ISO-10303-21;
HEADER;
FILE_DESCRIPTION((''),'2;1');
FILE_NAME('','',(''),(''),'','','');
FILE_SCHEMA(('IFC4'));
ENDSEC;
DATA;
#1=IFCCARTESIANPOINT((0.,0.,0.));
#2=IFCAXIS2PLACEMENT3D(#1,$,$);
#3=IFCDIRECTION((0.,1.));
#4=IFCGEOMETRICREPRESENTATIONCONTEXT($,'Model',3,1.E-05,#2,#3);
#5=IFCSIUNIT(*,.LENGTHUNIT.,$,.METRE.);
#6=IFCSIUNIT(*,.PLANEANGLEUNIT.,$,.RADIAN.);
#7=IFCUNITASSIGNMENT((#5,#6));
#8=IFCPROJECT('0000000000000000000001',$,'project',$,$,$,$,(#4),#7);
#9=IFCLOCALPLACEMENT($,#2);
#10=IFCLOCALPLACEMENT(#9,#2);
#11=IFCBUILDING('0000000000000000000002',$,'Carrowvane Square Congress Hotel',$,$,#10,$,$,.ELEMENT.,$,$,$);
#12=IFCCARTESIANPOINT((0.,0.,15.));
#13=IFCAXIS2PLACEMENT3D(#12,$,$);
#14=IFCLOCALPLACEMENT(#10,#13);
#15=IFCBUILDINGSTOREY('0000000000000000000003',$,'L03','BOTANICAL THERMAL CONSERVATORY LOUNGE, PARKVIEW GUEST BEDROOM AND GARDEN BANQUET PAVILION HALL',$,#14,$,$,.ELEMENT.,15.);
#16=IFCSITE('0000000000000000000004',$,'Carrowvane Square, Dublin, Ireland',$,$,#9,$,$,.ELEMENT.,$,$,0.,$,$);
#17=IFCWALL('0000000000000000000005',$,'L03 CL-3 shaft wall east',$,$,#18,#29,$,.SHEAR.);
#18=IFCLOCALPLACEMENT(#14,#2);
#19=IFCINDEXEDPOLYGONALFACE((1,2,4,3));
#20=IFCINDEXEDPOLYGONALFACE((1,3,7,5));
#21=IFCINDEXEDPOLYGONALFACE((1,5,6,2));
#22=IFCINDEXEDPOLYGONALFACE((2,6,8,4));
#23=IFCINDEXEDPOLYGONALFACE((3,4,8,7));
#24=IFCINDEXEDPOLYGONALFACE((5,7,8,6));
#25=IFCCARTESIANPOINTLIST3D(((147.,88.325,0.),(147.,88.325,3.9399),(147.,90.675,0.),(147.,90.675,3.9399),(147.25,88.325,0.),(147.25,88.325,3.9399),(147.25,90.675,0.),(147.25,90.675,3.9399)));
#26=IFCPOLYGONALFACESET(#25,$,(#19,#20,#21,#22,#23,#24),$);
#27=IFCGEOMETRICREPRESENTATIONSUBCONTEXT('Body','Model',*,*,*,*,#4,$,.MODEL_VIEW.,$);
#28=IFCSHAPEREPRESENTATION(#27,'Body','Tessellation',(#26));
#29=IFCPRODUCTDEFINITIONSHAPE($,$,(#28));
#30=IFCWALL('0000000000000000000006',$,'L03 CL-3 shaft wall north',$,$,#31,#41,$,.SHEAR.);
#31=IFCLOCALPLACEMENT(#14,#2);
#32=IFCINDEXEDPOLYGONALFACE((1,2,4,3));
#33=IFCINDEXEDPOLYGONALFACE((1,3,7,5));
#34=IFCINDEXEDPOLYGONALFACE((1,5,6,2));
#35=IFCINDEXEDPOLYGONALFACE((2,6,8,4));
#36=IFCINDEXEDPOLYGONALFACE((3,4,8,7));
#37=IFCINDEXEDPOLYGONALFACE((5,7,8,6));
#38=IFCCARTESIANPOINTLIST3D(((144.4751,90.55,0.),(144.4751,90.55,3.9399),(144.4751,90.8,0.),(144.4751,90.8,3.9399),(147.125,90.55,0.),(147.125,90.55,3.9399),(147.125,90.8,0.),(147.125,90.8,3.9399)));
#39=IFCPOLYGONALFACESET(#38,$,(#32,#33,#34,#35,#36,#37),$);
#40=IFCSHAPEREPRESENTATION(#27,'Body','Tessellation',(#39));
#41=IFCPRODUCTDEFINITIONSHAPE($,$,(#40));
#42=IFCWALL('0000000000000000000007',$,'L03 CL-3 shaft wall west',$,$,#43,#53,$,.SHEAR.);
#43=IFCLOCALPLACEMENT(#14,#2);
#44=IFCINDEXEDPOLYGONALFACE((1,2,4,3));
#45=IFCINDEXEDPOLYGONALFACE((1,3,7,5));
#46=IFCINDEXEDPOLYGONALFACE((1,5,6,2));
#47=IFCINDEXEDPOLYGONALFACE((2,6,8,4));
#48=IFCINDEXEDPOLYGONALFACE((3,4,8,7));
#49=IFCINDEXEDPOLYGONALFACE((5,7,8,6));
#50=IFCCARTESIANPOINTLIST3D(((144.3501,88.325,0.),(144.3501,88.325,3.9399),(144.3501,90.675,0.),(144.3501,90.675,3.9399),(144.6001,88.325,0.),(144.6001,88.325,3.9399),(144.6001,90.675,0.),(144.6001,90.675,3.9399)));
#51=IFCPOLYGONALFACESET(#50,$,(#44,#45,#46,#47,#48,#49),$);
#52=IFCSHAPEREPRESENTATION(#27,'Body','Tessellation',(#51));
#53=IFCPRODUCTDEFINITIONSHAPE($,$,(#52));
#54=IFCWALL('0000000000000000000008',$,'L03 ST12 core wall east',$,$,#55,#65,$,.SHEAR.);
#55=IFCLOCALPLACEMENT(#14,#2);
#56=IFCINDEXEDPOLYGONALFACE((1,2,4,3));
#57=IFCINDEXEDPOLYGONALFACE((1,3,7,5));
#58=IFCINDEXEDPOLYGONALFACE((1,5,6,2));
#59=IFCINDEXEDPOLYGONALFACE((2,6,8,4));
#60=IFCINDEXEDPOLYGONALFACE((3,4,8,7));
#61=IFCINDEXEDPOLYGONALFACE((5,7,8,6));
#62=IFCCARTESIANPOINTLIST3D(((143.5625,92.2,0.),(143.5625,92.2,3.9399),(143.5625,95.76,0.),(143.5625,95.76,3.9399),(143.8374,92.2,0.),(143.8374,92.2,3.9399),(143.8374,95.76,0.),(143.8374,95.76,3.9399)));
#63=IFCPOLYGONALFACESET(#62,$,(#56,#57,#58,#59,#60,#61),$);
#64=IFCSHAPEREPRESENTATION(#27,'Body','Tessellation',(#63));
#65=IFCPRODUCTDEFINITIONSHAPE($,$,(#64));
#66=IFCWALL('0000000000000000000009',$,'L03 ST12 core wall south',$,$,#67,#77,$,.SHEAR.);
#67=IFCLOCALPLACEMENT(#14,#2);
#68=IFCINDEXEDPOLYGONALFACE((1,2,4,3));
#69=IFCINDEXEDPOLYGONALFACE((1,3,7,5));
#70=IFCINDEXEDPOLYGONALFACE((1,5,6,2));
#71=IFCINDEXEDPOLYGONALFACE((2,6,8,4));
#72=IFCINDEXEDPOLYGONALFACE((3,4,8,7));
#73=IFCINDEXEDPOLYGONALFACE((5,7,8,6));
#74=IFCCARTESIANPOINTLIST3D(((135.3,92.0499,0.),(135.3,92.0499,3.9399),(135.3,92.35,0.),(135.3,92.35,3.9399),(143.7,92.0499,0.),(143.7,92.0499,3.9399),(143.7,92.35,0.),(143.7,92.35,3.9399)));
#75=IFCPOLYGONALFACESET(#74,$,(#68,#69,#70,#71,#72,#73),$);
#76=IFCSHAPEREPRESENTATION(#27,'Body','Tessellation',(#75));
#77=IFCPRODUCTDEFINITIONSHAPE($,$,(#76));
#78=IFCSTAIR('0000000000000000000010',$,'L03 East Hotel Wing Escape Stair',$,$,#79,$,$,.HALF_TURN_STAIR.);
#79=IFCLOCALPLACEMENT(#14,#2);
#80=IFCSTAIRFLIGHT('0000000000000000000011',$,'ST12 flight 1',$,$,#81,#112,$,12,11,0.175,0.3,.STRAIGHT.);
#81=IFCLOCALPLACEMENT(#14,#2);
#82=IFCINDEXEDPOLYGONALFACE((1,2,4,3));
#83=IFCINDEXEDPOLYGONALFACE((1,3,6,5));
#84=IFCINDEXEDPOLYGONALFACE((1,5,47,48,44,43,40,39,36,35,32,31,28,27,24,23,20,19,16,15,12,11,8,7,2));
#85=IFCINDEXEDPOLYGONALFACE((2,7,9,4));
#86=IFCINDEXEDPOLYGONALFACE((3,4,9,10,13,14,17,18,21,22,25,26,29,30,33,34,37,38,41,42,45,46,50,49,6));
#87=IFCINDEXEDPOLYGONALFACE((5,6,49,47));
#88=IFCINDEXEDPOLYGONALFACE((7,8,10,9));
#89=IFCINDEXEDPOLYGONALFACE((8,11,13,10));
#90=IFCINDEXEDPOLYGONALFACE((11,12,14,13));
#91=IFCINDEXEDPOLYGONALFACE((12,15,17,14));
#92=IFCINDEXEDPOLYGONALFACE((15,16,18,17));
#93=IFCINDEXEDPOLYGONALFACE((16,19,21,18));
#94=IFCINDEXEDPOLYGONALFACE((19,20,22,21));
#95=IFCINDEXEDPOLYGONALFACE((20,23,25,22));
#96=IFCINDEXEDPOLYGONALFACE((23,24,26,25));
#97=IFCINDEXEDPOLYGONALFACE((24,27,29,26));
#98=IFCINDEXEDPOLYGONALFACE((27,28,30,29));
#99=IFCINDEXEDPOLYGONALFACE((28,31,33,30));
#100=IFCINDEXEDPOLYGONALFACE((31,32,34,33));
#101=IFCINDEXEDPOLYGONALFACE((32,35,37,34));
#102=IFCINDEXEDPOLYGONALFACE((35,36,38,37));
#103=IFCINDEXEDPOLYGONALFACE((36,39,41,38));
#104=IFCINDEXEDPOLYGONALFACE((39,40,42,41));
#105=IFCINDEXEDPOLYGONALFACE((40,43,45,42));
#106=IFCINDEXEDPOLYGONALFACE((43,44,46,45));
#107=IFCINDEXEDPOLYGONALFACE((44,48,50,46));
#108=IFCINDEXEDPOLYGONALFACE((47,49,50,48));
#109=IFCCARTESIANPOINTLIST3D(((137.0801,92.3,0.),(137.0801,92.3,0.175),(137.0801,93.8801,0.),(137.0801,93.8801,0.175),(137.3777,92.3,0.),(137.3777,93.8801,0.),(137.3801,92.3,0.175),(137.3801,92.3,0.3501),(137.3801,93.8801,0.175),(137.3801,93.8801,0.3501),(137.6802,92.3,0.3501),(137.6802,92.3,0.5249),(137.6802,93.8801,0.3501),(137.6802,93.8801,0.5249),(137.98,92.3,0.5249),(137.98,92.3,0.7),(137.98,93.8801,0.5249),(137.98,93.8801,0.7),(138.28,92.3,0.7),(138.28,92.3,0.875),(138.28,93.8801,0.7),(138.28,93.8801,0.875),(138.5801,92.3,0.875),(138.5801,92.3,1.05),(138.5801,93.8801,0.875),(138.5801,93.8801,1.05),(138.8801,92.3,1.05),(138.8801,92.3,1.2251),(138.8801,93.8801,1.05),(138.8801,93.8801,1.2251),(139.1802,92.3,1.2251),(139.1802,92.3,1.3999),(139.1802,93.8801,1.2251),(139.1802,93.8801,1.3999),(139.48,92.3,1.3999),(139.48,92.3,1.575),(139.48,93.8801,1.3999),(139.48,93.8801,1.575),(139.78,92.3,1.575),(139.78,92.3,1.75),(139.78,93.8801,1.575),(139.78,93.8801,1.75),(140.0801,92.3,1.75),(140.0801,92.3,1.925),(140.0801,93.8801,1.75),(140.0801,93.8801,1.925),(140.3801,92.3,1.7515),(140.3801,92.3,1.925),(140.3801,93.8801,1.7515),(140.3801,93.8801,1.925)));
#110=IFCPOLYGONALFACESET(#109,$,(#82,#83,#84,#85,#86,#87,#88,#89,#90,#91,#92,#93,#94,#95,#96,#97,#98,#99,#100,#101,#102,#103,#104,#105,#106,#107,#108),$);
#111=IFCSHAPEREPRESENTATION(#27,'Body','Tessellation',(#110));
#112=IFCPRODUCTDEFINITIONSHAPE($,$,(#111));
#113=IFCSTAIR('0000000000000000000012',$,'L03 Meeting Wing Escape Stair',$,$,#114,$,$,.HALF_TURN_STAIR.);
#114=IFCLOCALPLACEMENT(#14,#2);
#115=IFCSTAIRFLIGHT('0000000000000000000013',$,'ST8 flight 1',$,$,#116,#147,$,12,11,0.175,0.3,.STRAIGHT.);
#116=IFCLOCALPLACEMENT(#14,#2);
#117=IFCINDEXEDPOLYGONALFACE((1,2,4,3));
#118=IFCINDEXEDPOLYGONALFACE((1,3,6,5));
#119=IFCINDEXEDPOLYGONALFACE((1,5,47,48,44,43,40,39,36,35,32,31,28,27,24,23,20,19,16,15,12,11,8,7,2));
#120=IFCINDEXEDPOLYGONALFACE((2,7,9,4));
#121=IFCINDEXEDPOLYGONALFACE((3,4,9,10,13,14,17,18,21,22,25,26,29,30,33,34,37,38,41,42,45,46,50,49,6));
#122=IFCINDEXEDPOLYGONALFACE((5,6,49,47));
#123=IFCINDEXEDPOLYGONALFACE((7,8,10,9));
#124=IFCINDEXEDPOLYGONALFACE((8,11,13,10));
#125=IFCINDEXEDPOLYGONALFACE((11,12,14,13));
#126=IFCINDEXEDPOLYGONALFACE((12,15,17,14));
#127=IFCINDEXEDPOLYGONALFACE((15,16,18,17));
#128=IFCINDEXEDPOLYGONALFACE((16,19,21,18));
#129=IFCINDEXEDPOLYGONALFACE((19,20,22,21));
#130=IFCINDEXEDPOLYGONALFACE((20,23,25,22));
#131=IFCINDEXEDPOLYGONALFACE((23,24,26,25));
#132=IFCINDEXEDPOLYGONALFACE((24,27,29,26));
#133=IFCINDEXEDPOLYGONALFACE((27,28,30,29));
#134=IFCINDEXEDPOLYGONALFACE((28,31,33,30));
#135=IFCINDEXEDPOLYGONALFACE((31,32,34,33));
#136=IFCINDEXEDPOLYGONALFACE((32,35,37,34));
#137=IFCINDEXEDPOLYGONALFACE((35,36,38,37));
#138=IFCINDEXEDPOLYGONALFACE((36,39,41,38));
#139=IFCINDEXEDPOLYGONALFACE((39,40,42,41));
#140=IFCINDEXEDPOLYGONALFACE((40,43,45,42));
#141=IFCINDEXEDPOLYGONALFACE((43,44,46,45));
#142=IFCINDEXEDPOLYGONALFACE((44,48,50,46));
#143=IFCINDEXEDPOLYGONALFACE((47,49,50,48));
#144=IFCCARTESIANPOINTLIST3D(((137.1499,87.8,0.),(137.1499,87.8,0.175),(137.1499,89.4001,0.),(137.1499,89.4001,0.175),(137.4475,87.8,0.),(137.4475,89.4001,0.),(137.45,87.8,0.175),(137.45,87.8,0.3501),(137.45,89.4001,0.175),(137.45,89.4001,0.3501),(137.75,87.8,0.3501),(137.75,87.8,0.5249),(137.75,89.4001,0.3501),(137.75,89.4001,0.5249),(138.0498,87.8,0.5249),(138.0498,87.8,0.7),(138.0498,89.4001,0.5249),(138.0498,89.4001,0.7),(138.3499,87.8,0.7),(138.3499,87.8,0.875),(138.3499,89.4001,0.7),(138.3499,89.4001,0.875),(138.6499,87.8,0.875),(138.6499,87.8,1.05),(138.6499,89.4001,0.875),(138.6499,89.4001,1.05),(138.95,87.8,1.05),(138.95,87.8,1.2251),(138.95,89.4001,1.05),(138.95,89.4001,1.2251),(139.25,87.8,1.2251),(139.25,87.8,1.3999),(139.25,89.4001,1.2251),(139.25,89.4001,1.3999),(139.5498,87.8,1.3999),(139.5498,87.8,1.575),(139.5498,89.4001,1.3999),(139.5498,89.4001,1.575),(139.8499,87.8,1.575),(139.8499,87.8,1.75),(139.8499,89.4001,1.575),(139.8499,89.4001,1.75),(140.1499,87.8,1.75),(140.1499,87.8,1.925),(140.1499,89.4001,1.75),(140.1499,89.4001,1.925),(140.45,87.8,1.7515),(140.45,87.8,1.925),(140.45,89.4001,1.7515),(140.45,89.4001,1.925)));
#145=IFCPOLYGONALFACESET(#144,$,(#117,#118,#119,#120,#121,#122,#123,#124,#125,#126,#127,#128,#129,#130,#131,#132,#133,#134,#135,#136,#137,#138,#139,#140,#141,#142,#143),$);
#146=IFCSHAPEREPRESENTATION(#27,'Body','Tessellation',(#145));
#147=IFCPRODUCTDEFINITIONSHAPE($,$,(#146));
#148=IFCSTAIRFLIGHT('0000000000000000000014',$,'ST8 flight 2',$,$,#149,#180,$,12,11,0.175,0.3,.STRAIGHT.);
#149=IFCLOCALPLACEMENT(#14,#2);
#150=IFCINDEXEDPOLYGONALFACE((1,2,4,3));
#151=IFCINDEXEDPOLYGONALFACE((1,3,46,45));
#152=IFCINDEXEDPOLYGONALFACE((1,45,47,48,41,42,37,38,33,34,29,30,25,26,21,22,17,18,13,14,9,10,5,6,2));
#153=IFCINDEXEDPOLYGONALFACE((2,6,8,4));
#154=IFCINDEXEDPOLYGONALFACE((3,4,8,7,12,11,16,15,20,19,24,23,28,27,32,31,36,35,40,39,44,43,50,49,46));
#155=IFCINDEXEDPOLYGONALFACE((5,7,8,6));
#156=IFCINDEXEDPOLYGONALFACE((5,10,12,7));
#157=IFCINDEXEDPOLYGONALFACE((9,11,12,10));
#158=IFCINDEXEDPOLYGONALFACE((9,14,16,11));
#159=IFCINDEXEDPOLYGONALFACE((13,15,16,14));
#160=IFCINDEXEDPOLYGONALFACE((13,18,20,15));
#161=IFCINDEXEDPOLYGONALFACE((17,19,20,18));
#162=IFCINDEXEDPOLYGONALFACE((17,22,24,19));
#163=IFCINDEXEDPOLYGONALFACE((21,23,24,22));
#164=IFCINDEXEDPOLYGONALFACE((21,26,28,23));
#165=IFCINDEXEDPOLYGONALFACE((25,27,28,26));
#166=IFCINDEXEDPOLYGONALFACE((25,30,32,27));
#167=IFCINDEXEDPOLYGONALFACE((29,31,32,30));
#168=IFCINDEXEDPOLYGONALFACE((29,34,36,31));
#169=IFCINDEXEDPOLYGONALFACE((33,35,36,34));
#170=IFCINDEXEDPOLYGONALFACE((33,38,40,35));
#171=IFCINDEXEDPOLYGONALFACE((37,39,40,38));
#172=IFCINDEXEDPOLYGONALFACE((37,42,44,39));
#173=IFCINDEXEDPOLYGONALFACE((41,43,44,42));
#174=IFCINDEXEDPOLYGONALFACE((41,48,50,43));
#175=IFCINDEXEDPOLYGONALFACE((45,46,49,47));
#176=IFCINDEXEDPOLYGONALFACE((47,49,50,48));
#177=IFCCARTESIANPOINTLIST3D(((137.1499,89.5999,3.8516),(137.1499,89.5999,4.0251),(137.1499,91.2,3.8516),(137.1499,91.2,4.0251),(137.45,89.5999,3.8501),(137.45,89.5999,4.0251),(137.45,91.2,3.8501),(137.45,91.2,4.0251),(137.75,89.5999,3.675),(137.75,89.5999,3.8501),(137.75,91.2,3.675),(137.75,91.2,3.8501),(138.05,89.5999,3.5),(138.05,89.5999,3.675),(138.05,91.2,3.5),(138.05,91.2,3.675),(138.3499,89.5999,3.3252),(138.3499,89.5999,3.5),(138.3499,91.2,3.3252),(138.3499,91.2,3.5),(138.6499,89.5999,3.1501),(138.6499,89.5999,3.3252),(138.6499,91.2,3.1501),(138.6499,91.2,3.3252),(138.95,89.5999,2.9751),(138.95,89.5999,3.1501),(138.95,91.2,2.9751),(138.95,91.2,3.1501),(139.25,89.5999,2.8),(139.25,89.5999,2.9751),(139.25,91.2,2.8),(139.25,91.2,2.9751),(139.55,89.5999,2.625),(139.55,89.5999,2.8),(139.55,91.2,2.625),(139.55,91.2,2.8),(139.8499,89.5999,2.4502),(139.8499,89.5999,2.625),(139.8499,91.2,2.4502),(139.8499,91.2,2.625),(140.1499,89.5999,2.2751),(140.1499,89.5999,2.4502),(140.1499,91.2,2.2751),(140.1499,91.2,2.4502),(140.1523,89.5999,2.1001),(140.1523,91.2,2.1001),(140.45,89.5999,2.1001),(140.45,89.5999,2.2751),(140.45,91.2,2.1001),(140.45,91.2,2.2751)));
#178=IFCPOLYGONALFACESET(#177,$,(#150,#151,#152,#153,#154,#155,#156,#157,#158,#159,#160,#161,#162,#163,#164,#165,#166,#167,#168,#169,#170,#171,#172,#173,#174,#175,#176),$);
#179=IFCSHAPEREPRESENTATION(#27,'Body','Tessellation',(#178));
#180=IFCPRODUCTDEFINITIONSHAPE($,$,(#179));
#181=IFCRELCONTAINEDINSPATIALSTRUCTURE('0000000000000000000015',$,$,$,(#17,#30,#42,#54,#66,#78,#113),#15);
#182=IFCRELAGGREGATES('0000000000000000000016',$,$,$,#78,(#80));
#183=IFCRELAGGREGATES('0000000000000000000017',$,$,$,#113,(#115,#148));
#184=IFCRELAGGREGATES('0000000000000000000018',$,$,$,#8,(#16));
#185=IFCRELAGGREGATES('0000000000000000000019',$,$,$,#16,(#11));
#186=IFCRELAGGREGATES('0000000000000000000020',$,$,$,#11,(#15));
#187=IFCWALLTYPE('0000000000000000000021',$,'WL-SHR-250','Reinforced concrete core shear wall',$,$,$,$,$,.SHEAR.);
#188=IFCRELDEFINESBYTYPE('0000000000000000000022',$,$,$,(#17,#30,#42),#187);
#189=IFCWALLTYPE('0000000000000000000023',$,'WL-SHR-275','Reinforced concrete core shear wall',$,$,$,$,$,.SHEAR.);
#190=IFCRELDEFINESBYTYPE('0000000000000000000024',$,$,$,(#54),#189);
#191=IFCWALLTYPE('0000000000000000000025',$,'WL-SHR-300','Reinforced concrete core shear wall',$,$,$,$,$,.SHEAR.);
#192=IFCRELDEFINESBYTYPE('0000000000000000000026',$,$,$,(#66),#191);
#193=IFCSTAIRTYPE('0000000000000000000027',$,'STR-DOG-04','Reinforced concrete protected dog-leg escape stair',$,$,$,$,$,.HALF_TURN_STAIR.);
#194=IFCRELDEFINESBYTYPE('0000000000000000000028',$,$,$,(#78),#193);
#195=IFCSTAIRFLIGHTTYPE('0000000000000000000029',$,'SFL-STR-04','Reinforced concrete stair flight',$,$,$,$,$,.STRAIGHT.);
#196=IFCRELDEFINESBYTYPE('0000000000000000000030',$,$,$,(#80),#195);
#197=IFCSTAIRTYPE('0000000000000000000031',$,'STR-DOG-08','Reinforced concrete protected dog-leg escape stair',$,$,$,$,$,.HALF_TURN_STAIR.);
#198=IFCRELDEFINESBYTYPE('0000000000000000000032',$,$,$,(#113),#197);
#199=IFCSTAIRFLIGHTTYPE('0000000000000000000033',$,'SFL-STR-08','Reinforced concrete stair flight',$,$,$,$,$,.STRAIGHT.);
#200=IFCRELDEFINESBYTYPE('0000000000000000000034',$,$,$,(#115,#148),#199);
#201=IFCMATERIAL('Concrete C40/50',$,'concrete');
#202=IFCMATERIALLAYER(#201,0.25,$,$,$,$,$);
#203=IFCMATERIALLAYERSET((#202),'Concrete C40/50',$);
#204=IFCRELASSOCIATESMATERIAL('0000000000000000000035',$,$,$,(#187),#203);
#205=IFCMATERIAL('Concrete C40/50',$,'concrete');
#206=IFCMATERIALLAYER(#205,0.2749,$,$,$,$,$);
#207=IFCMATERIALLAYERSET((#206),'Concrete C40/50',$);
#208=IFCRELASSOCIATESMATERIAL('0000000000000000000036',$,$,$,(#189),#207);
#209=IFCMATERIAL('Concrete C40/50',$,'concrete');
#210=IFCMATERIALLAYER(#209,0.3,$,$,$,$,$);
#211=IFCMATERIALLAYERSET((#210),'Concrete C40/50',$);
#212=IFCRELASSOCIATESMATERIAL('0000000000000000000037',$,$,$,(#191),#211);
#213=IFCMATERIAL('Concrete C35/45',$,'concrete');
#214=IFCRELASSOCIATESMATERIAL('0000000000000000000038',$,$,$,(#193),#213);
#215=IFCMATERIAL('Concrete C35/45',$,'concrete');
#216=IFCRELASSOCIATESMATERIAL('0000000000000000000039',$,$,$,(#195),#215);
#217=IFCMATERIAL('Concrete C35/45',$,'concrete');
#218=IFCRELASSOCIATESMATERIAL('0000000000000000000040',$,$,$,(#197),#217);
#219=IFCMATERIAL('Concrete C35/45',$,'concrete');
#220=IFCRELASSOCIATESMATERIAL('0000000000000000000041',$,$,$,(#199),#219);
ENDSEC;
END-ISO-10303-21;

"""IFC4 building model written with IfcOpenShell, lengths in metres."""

from ifc_helpers import new_model, si_unit, direction, frame, frame_2d, origin, place, context, subcontext, project, spatial, polyline, rectangle, outline, extrude, material, layer, layer_set, type_object, element, aggregate, save


model = new_model("IFC4")

# Units and contexts
model_context = context("Model", 3, precision=1e-05, world=origin(), true_north=direction((0.0, 1.0)))
body_context = subcontext(model_context, "Body", "Model", "MODEL_VIEW")
ifc_project = project(units=[si_unit("LENGTHUNIT", "METRE"), si_unit("PLANEANGLEUNIT", "RADIAN")], contexts=[model_context])

# Site, building, storey
site_placement = place(None, origin())
site = spatial("IfcSite", under=ifc_project, at=site_placement, Name="Carrowvane Square, Dublin, Ireland", CompositionType="ELEMENT", RefElevation=0.0)
building_placement = place(site_placement, origin())
building = spatial("IfcBuilding", under=site, at=building_placement, Name="Carrowvane Square Congress Hotel", CompositionType="ELEMENT")
storey_placement = place(building_placement, frame((0.0, 0.0, 15.0)))
storey = spatial("IfcBuildingStorey", under=building, at=storey_placement, Name="L03", Description="BOTANICAL THERMAL CONSERVATORY LOUNGE, PARKVIEW GUEST BEDROOM AND GARDEN BANQUET PAVILION HALL", CompositionType="ELEMENT", Elevation=15.0)

# Shared definitions
ifc_material_1 = material(Name="Concrete C40/50", Category="concrete")
ifc_layer_1 = layer(ifc_material_1, 0.25)
ifc_layer_set_1 = layer_set([ifc_layer_1], Name="Concrete C40/50")
wall_type_1 = type_object("IfcWallType", Name="WL-SHR-250", Description="Reinforced concrete core shear wall", PredefinedType="SHEAR", material=ifc_layer_set_1)

# Walls
wall_1_placement = place(storey_placement, frame((147.125, 88.325, 0.0), z_axis=(0.0, 0.0, 1.0), x_axis=(0.0, 1.0, 0.0)))
element("IfcWall", 1, at=wall_1_placement, inside=storey, type_object=wall_type_1, Name="L03 CL-3 shaft wall east", PredefinedType="SHEAR", context=body_context, shape_type="SweptSolid", body=[
    extrude(rectangle(XDim=2.3501, YDim=0.25, at=frame_2d((1.175, 0.0))), origin(), (0.0, 0.0, 1.0), 3.9399),
])
wall_2_placement = place(storey_placement, frame((147.125, 90.675, 0.0), z_axis=(0.0, 0.0, 1.0), x_axis=(-1.0, 0.0, 0.0)))
element("IfcWall", 2, at=wall_2_placement, inside=storey, type_object=wall_type_1, Name="L03 CL-3 shaft wall north", PredefinedType="SHEAR", context=body_context, shape_type="SweptSolid", body=[
    extrude(rectangle(XDim=2.6499, YDim=0.25, at=frame_2d((1.325, 0.0))), origin(), (0.0, 0.0, 1.0), 3.9399),
])
wall_3_placement = place(storey_placement, frame((144.4751, 90.675, 0.0), z_axis=(0.0, 0.0, 1.0), x_axis=(0.0, -1.0, 0.0)))
element("IfcWall", 3, at=wall_3_placement, inside=storey, type_object=wall_type_1, Name="L03 CL-3 shaft wall west", PredefinedType="SHEAR", context=body_context, shape_type="SweptSolid", body=[
    extrude(rectangle(XDim=2.3501, YDim=0.25, at=frame_2d((1.175, 0.0))), origin(), (0.0, 0.0, 1.0), 3.9399),
])
ifc_material_2 = material(Name="Concrete C40/50", Category="concrete")
ifc_layer_2 = layer(ifc_material_2, 0.2749)
ifc_layer_set_2 = layer_set([ifc_layer_2], Name="Concrete C40/50")
wall_type_2 = type_object("IfcWallType", Name="WL-SHR-275", Description="Reinforced concrete core shear wall", PredefinedType="SHEAR", material=ifc_layer_set_2)
wall_4_placement = place(storey_placement, frame((143.7, 92.2, 0.0), z_axis=(0.0, 0.0, 1.0), x_axis=(0.0, 1.0, 0.0)))
element("IfcWall", 4, at=wall_4_placement, inside=storey, type_object=wall_type_2, Name="L03 ST12 core wall east", PredefinedType="SHEAR", context=body_context, shape_type="SweptSolid", body=[
    extrude(rectangle(XDim=3.5601, YDim=0.2749, at=frame_2d((1.78, 0.0))), origin(), (0.0, 0.0, 1.0), 3.9399),
])
ifc_material_3 = material(Name="Concrete C40/50", Category="concrete")
ifc_layer_3 = layer(ifc_material_3, 0.3)
ifc_layer_set_3 = layer_set([ifc_layer_3], Name="Concrete C40/50")
wall_type_3 = type_object("IfcWallType", Name="WL-SHR-300", Description="Reinforced concrete core shear wall", PredefinedType="SHEAR", material=ifc_layer_set_3)
wall_5_placement = place(storey_placement, frame((135.3, 92.2, 0.0), z_axis=(0.0, 0.0, 1.0), x_axis=(1.0, 0.0, 0.0)))
element("IfcWall", 5, at=wall_5_placement, inside=storey, type_object=wall_type_3, Name="L03 ST12 core wall south", PredefinedType="SHEAR", context=body_context, shape_type="SweptSolid", body=[
    extrude(rectangle(XDim=8.3999, YDim=0.3, at=frame_2d((4.2, 0.0))), origin(), (0.0, 0.0, 1.0), 3.9399),
])

# Stair, stair flight
ifc_material_4 = material(Name="Concrete C35/45", Category="concrete")
stair_type_1 = type_object("IfcStairType", Name="STR-DOG-04", Description="Reinforced concrete protected dog-leg escape stair", PredefinedType="HALF_TURN_STAIR", material=ifc_material_4)
stair_1_placement = place(storey_placement, origin())
stair_1 = element("IfcStair", 6, at=stair_1_placement, inside=storey, type_object=stair_type_1, Name="L03 East Hotel Wing Escape Stair", PredefinedType="HALF_TURN_STAIR")
ifc_material_5 = material(Name="Concrete C35/45", Category="concrete")
stair_flight_type_1 = type_object("IfcStairFlightType", Name="SFL-STR-04", Description="Reinforced concrete stair flight", PredefinedType="STRAIGHT", material=ifc_material_5)
stair_flight_1_placement = place(storey_placement, frame((137.0801, 93.0901, 0.0), z_axis=(0.0, 0.0, 1.0), x_axis=(1.0, 0.0, 0.0)))
stair_flight_1 = element("IfcStairFlight", 7, at=stair_flight_1_placement, type_object=stair_flight_type_1, Name="ST12 flight 1", NumberOfRisers=12, NumberOfTreads=11, PredefinedType="STRAIGHT", RiserHeight=0.175, TreadLength=0.3, context=body_context, shape_type="SweptSolid", body=[
    extrude(outline(polyline([(0.0, 0.0), (0.0, 0.175), (0.3, 0.175), (0.3, 0.3501), (0.6001, 0.3501), (0.6001, 0.5249), (0.8999, 0.5249), (0.8999, 0.7), (1.2, 0.7), (1.2, 0.875), (1.5, 0.875), (1.5, 1.05), (1.8, 1.05), (1.8, 1.2251), (2.1001, 1.2251), (2.1001, 1.3999), (2.3999, 1.3999), (2.3999, 1.575), (2.7, 1.575), (2.7, 1.75), (3.0, 1.75), (3.0, 1.925), (3.3, 1.925), (3.3, 2.1001), (3.3, 1.7515), (0.2976, 0.0), (0.0, 0.0)])), frame((0.0, 0.79, 0.0), z_axis=(0.0, -1.0, 0.0), x_axis=(1.0, 0.0, 0.0)), (0.0, 0.0, 1.0), 1.5801),
])
aggregate(stair_1, [stair_flight_1])

# Stair, stair flights
ifc_material_6 = material(Name="Concrete C35/45", Category="concrete")
stair_type_2 = type_object("IfcStairType", Name="STR-DOG-08", Description="Reinforced concrete protected dog-leg escape stair", PredefinedType="HALF_TURN_STAIR", material=ifc_material_6)
stair_2_placement = place(storey_placement, origin())
stair_2 = element("IfcStair", 8, at=stair_2_placement, inside=storey, type_object=stair_type_2, Name="L03 Meeting Wing Escape Stair", PredefinedType="HALF_TURN_STAIR")
ifc_material_7 = material(Name="Concrete C35/45", Category="concrete")
stair_flight_type_2 = type_object("IfcStairFlightType", Name="SFL-STR-08", Description="Reinforced concrete stair flight", PredefinedType="STRAIGHT", material=ifc_material_7)
stair_flight_2_placement = place(storey_placement, frame((137.1499, 88.6001, 0.0), z_axis=(0.0, 0.0, 1.0), x_axis=(1.0, 0.0, 0.0)))
stair_flight_2 = element("IfcStairFlight", 9, at=stair_flight_2_placement, type_object=stair_flight_type_2, Name="ST8 flight 1", NumberOfRisers=12, NumberOfTreads=11, PredefinedType="STRAIGHT", RiserHeight=0.175, TreadLength=0.3, context=body_context, shape_type="SweptSolid", body=[
    extrude(outline(polyline([(0.0, 0.0), (0.0, 0.175), (0.3, 0.175), (0.3, 0.3501), (0.6001, 0.3501), (0.6001, 0.5249), (0.8999, 0.5249), (0.8999, 0.7), (1.2, 0.7), (1.2, 0.875), (1.5, 0.875), (1.5, 1.05), (1.8, 1.05), (1.8, 1.2251), (2.1001, 1.2251), (2.1001, 1.3999), (2.3999, 1.3999), (2.3999, 1.575), (2.7, 1.575), (2.7, 1.75), (3.0, 1.75), (3.0, 1.925), (3.3, 1.925), (3.3, 2.1001), (3.3, 1.7515), (0.2976, 0.0), (0.0, 0.0)])), frame((0.0, 0.8, 0.0), z_axis=(0.0, -1.0, 0.0), x_axis=(1.0, 0.0, 0.0)), (0.0, 0.0, 1.0), 1.6001),
])
stair_flight_3_placement = place(storey_placement, frame((140.45, 90.3999, 2.1001), z_axis=(0.0, 0.0, 1.0), x_axis=(-1.0, 0.0, 0.0)))
stair_flight_3 = element("IfcStairFlight", 10, at=stair_flight_3_placement, type_object=stair_flight_type_2, Name="ST8 flight 2", NumberOfRisers=12, NumberOfTreads=11, PredefinedType="STRAIGHT", RiserHeight=0.175, TreadLength=0.3, context=body_context, shape_type="SweptSolid", body=[
    extrude(outline(polyline([(0.0, 0.0), (0.0, 0.175), (0.3, 0.175), (0.3, 0.3501), (0.6001, 0.3501), (0.6001, 0.5249), (0.8999, 0.5249), (0.8999, 0.7), (1.2, 0.7), (1.2, 0.875), (1.5, 0.875), (1.5, 1.05), (1.8, 1.05), (1.8, 1.2251), (2.1001, 1.2251), (2.1001, 1.3999), (2.3999, 1.3999), (2.3999, 1.575), (2.7, 1.575), (2.7, 1.75), (3.0, 1.75), (3.0, 1.925), (3.3, 1.925), (3.3, 2.1001), (3.3, 1.7515), (0.2976, 0.0), (0.0, 0.0)])), frame((0.0, 0.8, 0.0), z_axis=(0.0, -1.0, 0.0), x_axis=(1.0, 0.0, 0.0)), (0.0, 0.0, 1.0), 1.6001),
])
aggregate(stair_2, [stair_flight_2, stair_flight_3])

save(model, "model.ifc")
